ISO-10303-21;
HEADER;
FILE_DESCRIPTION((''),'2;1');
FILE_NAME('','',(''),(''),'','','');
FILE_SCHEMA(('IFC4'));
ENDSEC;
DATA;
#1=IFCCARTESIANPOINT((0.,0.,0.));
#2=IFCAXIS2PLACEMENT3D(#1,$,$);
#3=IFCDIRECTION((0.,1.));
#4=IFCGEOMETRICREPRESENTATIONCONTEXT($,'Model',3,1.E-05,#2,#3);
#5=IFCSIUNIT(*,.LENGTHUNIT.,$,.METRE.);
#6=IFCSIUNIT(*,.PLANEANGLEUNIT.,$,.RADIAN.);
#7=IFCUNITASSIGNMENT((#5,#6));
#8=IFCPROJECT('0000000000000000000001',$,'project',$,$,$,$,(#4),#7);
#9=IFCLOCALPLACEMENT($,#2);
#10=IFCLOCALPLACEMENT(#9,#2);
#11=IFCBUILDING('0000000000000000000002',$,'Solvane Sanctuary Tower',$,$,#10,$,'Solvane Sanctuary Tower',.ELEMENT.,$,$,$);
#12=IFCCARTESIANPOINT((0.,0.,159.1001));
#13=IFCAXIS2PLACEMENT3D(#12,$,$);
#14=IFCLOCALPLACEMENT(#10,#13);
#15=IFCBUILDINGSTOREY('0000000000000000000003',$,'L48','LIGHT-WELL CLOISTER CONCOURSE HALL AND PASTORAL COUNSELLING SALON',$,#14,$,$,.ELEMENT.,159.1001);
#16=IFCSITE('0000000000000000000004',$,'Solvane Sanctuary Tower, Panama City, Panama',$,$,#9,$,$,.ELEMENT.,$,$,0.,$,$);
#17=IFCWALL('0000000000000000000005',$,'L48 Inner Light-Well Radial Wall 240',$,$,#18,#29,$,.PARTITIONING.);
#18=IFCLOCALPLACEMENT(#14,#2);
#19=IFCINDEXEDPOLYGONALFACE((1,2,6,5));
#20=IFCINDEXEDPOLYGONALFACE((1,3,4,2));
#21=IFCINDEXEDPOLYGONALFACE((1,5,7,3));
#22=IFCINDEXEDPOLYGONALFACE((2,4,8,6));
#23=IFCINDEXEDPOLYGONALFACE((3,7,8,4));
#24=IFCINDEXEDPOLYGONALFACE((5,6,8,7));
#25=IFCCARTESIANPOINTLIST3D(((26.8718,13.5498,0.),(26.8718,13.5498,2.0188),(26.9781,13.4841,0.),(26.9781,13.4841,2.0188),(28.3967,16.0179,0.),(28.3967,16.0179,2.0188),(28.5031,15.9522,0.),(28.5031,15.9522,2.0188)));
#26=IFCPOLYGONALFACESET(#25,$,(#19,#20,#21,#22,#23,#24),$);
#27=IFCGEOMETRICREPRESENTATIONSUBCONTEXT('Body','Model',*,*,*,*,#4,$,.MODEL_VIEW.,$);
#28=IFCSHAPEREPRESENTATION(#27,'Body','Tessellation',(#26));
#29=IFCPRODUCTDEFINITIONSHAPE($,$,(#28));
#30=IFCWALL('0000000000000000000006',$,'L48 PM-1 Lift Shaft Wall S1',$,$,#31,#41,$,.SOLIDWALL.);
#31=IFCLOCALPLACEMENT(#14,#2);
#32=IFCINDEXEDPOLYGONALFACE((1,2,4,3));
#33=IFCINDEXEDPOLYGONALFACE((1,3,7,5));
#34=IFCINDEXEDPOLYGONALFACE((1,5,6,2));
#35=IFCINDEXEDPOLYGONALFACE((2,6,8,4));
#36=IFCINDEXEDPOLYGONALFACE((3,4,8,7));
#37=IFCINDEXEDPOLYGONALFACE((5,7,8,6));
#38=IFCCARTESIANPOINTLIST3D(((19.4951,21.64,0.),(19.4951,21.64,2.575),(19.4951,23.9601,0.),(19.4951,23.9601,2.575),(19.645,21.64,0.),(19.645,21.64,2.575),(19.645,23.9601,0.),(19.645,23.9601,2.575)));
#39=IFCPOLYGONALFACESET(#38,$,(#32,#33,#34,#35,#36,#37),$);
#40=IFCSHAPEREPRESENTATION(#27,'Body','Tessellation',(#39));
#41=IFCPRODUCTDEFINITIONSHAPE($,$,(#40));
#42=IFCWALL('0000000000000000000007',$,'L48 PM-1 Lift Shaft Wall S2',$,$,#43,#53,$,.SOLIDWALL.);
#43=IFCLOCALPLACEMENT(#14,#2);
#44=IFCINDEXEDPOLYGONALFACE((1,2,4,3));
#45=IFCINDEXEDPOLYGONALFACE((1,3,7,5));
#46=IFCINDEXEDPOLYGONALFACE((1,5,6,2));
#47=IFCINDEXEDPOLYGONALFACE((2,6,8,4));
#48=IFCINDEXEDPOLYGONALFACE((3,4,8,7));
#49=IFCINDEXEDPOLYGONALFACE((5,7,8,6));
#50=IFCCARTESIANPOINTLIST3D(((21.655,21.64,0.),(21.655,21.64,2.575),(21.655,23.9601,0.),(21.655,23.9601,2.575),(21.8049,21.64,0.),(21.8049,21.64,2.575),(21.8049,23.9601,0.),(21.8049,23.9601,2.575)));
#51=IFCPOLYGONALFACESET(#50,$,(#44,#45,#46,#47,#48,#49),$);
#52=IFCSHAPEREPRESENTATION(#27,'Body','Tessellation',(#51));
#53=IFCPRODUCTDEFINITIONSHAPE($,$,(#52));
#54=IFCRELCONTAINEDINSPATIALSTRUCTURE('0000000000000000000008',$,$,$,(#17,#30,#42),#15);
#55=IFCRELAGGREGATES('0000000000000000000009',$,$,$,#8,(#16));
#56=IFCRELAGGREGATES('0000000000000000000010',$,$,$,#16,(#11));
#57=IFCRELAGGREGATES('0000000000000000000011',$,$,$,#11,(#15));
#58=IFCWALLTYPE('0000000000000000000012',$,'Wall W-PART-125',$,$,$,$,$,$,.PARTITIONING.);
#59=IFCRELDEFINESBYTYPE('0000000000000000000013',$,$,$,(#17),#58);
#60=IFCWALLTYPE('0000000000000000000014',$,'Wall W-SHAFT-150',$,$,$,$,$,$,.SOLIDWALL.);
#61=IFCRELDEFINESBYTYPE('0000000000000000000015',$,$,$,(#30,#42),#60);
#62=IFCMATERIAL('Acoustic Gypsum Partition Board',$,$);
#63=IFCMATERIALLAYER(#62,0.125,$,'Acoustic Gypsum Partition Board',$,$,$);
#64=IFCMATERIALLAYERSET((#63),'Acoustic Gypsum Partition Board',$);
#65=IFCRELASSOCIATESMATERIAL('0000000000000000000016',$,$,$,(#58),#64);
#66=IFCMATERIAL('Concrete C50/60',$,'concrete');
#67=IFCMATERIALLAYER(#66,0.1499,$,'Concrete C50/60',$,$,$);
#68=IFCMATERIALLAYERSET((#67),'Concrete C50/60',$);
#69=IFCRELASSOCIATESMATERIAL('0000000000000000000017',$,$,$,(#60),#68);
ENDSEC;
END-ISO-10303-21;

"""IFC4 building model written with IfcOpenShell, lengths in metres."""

from ifc_helpers import new_model, si_unit, direction, frame, frame_2d, origin, place, context, subcontext, project, spatial, rectangle, extrude, material, layer, layer_set, type_object, element, save


model = new_model("IFC4")

# Units and contexts
model_context = context("Model", 3, precision=1e-05, world=origin(), true_north=direction((0.0, 1.0)))
body_context = subcontext(model_context, "Body", "Model", "MODEL_VIEW")
ifc_project = project(units=[si_unit("LENGTHUNIT", "METRE"), si_unit("PLANEANGLEUNIT", "RADIAN")], contexts=[model_context])

# Site, building, storey
site_placement = place(None, origin())
site = spatial("IfcSite", under=ifc_project, at=site_placement, Name="Solvane Sanctuary Tower, Panama City, Panama", CompositionType="ELEMENT", RefElevation=0.0)
building_placement = place(site_placement, origin())
building = spatial("IfcBuilding", under=site, at=building_placement, Name="Solvane Sanctuary Tower", LongName="Solvane Sanctuary Tower", CompositionType="ELEMENT")
storey_placement = place(building_placement, frame((0.0, 0.0, 159.1001)))
storey = spatial("IfcBuildingStorey", under=building, at=storey_placement, Name="L48", Description="LIGHT-WELL CLOISTER CONCOURSE HALL AND PASTORAL COUNSELLING SALON", CompositionType="ELEMENT", Elevation=159.1001)

# Shared definitions
ifc_material_1 = material(Name="Concrete C50/60", Category="concrete")

# Walls
ifc_material_2 = material(Name="Acoustic Gypsum Partition Board")
ifc_layer_1 = layer(ifc_material_2, 0.125, Name="Acoustic Gypsum Partition Board")
ifc_layer_set_1 = layer_set([ifc_layer_1], Name="Acoustic Gypsum Partition Board")
wall_type_1 = type_object("IfcWallType", Name="Wall W-PART-125", PredefinedType="PARTITIONING", material=ifc_layer_set_1)
wall_1_placement = place(storey_placement, frame((28.45, 15.9851, 0.0), z_axis=(0.0, 0.0, 1.0), x_axis=(-0.525627, -0.850715, 0.0)))
element("IfcWall", 1, at=wall_1_placement, inside=storey, type_object=wall_type_1, Name="L48 Inner Light-Well Radial Wall 240", PredefinedType="PARTITIONING", context=body_context, shape_type="SweptSolid", body=[
    extrude(rectangle(XDim=2.9011, YDim=0.125, at=frame_2d((1.4507, 0.0))), origin(), (0.0, 0.0, 1.0), 2.0188),
])
ifc_layer_2 = layer(ifc_material_1, 0.1499, Name="Concrete C50/60")
ifc_layer_set_2 = layer_set([ifc_layer_2], Name="Concrete C50/60")
wall_type_2 = type_object("IfcWallType", Name="Wall W-SHAFT-150", PredefinedType="SOLIDWALL", material=ifc_layer_set_2)
for number, where, z_axis, x_axis, name in (
    (2, (19.5701, 21.6399, 0.0), (0.0, 0.0, 1.0), (0.0, 1.0, 0.0), "L48 PM-1 Lift Shaft Wall S1"),
    (3, (21.73, 21.6399, 0.0), (0.0, 0.0, 1.0), (0.0, 1.0, 0.0), "L48 PM-1 Lift Shaft Wall S2"),
):
    element("IfcWall", number, at=place(storey_placement, frame(where, z_axis=z_axis, x_axis=x_axis)), inside=storey, type_object=wall_type_2, Name=name, PredefinedType="SOLIDWALL", context=body_context, shape_type="SweptSolid", body=[
        extrude(rectangle(XDim=2.3201, YDim=0.1499, at=frame_2d((1.1602, 0.0))), origin(), (0.0, 0.0, 1.0), 2.575),
    ])

save(model, "model.ifc")
